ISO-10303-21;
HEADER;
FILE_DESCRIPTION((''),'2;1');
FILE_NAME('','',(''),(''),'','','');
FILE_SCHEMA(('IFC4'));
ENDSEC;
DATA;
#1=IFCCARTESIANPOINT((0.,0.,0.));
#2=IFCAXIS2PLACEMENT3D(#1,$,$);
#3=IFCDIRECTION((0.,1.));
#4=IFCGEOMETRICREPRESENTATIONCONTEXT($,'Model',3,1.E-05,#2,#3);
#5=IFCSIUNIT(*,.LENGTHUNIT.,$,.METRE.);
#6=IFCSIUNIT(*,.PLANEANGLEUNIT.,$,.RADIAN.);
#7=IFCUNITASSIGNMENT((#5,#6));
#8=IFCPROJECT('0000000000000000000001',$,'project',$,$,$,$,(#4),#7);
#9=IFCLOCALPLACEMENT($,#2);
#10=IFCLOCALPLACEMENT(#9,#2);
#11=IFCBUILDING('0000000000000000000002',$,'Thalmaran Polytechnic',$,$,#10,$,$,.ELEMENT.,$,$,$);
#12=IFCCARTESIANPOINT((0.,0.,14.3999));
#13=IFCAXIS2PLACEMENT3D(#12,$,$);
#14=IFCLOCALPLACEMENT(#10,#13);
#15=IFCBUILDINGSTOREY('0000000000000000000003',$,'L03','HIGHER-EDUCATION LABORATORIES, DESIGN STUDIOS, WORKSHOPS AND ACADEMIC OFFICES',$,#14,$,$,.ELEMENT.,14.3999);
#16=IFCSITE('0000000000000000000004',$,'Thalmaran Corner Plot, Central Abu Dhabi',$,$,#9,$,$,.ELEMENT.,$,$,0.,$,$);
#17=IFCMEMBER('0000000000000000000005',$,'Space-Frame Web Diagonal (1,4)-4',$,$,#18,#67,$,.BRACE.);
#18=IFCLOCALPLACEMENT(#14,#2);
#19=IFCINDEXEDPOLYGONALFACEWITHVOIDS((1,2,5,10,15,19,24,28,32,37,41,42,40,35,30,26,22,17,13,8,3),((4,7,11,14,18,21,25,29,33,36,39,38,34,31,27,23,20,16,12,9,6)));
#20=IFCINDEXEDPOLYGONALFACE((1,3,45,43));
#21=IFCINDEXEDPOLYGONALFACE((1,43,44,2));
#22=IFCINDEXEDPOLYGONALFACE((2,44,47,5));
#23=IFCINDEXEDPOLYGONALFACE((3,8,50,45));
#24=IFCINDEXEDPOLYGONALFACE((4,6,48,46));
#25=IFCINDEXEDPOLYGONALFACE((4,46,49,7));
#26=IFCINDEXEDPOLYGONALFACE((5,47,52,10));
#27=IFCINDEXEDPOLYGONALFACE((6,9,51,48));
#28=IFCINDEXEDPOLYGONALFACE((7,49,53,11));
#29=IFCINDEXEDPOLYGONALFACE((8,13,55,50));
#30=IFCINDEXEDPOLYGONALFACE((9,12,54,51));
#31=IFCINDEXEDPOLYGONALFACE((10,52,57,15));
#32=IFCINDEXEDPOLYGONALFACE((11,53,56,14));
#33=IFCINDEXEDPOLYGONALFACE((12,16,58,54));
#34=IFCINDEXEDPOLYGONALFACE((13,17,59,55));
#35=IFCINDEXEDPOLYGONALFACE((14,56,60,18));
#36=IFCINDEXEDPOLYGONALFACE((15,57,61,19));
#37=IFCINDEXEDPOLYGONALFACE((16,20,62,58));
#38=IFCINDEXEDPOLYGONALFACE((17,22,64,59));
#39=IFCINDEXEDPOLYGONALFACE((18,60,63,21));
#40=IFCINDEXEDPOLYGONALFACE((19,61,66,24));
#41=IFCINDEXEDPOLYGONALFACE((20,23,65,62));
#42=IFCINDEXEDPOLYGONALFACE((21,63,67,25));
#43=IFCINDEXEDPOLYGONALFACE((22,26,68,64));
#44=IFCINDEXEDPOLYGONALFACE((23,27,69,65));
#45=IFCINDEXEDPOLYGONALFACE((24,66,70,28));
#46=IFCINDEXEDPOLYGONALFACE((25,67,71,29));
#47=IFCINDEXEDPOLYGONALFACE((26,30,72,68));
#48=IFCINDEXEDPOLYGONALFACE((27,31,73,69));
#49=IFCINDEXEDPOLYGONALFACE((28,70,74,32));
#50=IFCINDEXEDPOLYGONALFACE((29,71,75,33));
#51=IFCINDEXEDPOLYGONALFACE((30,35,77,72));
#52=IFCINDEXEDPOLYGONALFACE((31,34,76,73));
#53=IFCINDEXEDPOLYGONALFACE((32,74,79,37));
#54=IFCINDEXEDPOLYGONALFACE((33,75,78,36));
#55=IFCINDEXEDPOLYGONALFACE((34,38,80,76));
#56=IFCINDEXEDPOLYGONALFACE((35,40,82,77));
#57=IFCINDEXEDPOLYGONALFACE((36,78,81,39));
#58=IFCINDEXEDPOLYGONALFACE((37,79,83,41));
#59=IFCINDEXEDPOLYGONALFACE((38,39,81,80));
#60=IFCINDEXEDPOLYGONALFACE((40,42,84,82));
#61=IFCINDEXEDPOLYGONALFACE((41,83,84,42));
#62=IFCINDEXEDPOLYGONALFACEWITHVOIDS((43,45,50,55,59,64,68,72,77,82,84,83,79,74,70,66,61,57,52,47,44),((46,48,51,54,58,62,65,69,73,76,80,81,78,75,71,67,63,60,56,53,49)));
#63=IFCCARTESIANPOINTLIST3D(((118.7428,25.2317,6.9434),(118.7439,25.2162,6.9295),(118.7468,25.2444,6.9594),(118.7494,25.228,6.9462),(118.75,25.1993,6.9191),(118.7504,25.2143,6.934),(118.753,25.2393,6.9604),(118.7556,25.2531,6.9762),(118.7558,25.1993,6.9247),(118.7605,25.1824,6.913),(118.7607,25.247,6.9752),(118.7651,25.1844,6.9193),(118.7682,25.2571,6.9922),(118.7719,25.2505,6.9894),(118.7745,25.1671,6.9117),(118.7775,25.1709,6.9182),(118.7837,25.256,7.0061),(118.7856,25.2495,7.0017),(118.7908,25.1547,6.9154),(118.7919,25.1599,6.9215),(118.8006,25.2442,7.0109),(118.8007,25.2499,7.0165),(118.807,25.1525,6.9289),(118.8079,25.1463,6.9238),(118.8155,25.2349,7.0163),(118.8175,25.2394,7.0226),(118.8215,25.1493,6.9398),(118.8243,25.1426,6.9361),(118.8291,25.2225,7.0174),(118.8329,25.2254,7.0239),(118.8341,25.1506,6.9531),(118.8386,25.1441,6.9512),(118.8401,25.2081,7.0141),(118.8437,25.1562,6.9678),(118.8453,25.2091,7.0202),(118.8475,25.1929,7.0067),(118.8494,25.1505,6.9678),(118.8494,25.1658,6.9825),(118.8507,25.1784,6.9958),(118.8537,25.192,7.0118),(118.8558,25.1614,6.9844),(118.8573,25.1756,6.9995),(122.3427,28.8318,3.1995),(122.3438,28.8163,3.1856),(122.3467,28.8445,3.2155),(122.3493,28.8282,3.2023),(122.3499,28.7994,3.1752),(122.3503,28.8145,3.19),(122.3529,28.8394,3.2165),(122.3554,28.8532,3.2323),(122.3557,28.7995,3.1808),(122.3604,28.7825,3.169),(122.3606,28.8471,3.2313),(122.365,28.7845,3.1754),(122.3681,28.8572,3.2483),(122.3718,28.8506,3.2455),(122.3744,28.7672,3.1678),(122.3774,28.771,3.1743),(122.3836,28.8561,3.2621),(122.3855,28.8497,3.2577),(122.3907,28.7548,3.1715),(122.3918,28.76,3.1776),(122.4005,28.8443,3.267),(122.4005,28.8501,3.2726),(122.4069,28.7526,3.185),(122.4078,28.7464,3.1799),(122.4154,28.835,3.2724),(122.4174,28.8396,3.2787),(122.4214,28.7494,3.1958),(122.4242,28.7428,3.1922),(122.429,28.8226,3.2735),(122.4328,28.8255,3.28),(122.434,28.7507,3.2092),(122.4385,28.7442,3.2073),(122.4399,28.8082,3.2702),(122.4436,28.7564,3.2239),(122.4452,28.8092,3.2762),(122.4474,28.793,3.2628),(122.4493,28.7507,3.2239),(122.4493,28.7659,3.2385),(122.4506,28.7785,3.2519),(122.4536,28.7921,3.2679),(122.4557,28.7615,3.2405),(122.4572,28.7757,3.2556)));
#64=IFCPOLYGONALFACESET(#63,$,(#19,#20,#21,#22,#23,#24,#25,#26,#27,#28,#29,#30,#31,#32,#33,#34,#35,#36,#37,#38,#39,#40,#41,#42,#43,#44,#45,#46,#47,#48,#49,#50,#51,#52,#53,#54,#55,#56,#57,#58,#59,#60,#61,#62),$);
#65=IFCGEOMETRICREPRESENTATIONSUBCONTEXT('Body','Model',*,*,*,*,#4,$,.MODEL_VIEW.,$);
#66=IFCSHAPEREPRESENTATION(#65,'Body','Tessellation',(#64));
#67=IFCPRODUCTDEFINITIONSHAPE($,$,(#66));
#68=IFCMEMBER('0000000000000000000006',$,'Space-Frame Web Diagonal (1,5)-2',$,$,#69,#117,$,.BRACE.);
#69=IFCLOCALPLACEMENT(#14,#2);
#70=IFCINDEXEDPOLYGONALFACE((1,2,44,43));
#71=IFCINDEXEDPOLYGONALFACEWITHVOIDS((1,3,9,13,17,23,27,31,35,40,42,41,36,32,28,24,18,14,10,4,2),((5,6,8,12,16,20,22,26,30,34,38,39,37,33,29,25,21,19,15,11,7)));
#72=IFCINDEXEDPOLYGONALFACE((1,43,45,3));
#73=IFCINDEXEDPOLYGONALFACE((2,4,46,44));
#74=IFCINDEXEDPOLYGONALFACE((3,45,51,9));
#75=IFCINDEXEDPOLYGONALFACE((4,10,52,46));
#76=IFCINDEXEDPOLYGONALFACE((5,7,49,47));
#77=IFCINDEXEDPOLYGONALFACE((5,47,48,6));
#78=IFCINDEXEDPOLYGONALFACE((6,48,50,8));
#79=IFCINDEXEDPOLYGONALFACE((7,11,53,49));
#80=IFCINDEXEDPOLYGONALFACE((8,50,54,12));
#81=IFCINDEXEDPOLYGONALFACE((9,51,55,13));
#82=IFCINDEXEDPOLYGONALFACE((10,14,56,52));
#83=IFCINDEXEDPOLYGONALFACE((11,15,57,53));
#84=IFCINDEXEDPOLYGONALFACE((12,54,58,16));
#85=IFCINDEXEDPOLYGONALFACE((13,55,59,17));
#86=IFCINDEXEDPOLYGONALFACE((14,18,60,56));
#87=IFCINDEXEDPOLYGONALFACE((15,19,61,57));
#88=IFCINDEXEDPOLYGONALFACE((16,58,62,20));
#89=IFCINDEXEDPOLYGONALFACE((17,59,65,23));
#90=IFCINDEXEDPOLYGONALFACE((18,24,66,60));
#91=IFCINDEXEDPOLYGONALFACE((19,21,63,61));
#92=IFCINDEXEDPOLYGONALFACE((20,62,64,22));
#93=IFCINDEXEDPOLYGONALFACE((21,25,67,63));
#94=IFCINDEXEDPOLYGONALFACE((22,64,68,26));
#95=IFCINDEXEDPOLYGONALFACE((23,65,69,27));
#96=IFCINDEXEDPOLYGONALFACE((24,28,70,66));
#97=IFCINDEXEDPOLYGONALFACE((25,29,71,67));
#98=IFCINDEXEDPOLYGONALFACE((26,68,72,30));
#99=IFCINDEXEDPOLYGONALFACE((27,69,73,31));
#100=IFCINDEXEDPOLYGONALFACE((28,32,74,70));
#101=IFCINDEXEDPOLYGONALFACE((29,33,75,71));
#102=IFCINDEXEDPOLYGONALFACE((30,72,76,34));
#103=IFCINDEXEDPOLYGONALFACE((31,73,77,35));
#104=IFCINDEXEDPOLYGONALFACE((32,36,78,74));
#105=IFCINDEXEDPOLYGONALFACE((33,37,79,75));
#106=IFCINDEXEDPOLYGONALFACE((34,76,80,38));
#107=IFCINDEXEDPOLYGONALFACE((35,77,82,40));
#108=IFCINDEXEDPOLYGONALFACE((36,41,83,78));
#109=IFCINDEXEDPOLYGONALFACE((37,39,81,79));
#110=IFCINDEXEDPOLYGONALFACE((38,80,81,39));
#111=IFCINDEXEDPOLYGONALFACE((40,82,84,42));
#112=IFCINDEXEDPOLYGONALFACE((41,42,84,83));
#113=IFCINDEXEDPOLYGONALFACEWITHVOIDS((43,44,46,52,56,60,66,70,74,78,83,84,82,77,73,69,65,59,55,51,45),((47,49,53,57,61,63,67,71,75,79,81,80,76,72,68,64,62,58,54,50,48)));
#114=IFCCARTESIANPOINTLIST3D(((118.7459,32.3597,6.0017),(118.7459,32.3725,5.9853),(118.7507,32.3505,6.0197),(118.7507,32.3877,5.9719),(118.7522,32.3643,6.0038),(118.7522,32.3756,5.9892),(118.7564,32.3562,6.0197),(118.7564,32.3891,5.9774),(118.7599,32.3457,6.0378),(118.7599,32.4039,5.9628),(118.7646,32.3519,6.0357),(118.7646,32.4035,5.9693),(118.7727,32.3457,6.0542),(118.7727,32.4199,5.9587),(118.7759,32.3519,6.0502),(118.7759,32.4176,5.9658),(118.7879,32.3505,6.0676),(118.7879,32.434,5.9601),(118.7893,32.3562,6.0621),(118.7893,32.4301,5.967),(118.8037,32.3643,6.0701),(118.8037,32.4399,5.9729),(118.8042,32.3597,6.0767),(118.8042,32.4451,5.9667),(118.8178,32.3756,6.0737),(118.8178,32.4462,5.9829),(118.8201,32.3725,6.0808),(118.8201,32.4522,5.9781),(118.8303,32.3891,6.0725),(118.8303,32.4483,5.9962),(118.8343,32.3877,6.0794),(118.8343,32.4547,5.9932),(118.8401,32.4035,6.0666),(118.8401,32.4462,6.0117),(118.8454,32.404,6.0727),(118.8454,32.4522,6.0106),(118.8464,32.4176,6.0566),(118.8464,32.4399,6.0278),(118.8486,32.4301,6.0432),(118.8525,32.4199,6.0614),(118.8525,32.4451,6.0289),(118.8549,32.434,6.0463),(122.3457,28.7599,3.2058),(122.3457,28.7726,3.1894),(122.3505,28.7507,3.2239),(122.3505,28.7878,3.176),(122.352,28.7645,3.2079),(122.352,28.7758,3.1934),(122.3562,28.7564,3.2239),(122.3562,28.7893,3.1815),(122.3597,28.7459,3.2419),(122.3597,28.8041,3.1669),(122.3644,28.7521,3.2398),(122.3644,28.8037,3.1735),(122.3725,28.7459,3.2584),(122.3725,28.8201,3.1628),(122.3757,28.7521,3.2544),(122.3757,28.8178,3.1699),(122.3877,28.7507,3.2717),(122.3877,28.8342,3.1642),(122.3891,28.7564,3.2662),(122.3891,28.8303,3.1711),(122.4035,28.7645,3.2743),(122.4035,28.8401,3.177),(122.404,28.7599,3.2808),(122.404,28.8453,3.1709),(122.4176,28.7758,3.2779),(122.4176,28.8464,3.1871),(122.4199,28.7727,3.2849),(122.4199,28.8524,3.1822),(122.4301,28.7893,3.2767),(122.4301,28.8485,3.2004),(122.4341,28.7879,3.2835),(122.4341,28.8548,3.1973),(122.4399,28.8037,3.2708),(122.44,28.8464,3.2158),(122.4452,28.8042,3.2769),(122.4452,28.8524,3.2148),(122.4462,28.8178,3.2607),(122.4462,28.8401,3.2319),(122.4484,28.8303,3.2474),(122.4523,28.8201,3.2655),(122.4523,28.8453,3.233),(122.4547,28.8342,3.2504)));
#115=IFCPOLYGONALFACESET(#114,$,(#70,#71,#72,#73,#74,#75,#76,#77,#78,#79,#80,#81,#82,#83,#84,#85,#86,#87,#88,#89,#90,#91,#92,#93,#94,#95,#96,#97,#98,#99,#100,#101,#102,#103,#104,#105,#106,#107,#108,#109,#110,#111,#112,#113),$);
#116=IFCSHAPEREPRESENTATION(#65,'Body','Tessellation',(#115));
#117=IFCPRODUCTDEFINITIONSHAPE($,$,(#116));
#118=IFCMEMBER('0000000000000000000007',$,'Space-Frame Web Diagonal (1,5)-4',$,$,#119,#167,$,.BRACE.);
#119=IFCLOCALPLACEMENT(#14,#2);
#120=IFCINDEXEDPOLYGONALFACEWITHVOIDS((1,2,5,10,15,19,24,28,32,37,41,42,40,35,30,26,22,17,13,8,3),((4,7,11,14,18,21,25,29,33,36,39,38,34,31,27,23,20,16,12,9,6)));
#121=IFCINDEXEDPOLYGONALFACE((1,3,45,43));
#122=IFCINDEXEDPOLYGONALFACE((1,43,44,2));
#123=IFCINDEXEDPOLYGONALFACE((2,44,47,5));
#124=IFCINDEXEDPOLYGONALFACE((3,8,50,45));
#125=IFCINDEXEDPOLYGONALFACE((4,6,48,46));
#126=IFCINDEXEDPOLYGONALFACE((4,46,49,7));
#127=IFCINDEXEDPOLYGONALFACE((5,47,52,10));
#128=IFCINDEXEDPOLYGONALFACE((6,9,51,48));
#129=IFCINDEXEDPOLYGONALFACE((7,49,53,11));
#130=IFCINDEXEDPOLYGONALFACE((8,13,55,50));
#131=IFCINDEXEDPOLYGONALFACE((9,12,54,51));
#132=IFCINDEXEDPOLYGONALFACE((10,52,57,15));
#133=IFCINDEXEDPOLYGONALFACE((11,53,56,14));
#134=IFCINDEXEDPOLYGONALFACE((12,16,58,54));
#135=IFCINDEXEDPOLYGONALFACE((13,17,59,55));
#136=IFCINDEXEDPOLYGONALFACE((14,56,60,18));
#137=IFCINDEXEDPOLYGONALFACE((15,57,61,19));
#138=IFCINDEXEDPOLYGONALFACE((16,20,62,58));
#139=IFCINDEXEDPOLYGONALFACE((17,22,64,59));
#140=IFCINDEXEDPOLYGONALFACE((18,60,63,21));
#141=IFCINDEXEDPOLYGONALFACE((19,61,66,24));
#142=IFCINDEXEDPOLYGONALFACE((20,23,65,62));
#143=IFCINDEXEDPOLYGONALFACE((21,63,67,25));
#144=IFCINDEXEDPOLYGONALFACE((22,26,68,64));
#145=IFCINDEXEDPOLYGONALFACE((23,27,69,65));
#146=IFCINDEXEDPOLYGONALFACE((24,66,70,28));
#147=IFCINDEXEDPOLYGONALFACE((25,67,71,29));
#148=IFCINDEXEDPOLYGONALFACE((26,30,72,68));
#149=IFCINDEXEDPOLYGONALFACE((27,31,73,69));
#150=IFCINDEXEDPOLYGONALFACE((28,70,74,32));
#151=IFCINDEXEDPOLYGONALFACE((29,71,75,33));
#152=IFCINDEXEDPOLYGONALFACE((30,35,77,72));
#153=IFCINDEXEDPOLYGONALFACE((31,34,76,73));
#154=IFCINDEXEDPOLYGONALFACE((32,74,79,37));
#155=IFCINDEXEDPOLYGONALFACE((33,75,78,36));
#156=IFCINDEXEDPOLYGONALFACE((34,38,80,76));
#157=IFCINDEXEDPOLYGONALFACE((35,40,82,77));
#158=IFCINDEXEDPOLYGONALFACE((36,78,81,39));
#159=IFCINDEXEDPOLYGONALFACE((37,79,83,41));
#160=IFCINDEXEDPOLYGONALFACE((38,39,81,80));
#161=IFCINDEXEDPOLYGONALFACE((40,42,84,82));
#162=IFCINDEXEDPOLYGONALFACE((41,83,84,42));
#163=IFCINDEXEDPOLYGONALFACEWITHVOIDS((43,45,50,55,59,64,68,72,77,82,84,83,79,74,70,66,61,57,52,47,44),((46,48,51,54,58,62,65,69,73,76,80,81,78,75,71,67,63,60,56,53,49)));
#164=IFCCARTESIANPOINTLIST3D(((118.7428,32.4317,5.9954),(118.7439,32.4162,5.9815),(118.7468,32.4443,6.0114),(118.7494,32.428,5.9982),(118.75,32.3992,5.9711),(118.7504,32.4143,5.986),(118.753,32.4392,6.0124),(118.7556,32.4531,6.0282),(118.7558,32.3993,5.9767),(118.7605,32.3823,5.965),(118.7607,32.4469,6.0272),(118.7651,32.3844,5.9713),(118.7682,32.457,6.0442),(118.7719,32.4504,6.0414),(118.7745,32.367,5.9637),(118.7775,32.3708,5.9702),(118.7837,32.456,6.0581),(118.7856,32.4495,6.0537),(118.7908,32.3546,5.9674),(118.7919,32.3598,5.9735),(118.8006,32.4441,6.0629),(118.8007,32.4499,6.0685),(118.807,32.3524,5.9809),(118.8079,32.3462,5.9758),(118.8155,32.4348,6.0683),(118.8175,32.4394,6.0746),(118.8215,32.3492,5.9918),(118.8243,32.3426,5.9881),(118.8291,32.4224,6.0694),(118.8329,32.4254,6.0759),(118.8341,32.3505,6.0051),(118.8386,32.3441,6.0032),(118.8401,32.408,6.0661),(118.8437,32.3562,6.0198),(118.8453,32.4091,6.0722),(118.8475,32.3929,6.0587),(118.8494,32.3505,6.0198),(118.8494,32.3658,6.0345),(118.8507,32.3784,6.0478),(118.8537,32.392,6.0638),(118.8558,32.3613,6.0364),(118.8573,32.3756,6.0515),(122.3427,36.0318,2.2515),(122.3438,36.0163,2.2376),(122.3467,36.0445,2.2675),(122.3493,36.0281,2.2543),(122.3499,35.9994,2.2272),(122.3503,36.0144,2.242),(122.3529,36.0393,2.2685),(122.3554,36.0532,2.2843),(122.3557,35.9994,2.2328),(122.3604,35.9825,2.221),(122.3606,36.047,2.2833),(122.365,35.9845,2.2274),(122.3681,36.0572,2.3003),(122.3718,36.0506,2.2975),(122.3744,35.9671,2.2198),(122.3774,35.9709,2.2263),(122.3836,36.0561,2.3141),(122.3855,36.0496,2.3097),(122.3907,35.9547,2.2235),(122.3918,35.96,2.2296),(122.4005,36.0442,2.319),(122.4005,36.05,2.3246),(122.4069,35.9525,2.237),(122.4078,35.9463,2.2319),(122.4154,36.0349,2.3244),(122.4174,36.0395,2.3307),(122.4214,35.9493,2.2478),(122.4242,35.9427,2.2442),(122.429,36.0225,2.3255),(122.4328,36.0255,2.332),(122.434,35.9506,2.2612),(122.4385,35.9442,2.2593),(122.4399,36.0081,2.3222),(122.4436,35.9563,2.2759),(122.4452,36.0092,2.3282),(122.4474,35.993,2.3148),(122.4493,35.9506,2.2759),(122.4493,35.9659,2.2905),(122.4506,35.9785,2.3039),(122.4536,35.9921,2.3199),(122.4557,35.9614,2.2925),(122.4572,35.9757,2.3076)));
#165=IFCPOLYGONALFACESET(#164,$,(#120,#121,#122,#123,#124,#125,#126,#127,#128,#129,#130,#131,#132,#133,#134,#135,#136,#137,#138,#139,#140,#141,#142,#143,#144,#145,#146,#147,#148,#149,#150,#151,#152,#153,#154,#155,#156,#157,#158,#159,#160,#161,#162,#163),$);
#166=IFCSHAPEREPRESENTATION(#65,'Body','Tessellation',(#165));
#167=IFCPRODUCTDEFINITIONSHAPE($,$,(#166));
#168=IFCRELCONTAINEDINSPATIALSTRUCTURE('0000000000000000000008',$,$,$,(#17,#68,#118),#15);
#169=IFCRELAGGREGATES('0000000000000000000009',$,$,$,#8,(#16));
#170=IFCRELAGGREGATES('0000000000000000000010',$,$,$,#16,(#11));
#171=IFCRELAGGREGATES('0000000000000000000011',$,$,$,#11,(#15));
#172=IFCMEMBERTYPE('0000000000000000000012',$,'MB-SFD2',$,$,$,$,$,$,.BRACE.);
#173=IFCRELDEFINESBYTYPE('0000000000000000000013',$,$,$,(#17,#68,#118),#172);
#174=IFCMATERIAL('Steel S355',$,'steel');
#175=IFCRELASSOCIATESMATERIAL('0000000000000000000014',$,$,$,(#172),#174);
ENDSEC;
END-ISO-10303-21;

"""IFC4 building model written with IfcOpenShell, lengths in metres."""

from ifc_helpers import new_model, si_unit, direction, frame, origin, origin_2d, place, context, subcontext, project, spatial, hollow_circle, extrude, material, material_profile, profile_set, type_object, element, save


model = new_model("IFC4")

# Units and contexts
model_context = context("Model", 3, precision=1e-05, world=origin(), true_north=direction((0.0, 1.0)))
body_context = subcontext(model_context, "Body", "Model", "MODEL_VIEW")
ifc_project = project(units=[si_unit("LENGTHUNIT", "METRE"), si_unit("PLANEANGLEUNIT", "RADIAN")], contexts=[model_context])

# Site, building, storey
site_placement = place(None, origin())
site = spatial("IfcSite", under=ifc_project, at=site_placement, Name="Thalmaran Corner Plot, Central Abu Dhabi", CompositionType="ELEMENT", RefElevation=0.0)
building_placement = place(site_placement, origin())
building = spatial("IfcBuilding", under=site, at=building_placement, Name="Thalmaran Polytechnic", CompositionType="ELEMENT")
storey_placement = place(building_placement, frame((0.0, 0.0, 14.3999)))
storey = spatial("IfcBuildingStorey", under=building, at=storey_placement, Name="L03", Description="HIGHER-EDUCATION LABORATORIES, DESIGN STUDIOS, WORKSHOPS AND ACADEMIC OFFICES", CompositionType="ELEMENT", Elevation=14.3999)

# Members
ifc_material = material(Name="Steel S355", Category="steel")
ifc_material_profile_1 = material_profile(ifc_material, hollow_circle(Radius=0.0698, WallThickness=0.0081, at=origin_2d()), Name="CHS 139.7x8.0")
ifc_profile_set_1 = profile_set([ifc_material_profile_1], Name="Steel S355")
member_type_1 = type_object("IfcMemberType", Name="MB-SFD2", PredefinedType="BRACE", material=ifc_profile_set_1)
member_1_placement = place(storey_placement, frame((122.3999, 28.8, 3.2239), z_axis=(-0.56964, -0.569678, 0.592433), x_axis=(0.707131, -0.707083, 0.0)))
element("IfcMember", 1, at=member_1_placement, inside=storey, type_object=member_type_1, Name="Space-Frame Web Diagonal (1,4)-4", PredefinedType="BRACE", context=body_context, shape_type="SweptSolid", body=[
    extrude(hollow_circle(Radius=0.0698, WallThickness=0.0081, at=origin_2d()), origin(), (0.0, 0.0, 1.0), 6.3196),
])
member_2_placement = place(storey_placement, frame((122.3999, 28.8, 3.2239), z_axis=(-0.61979, 0.61979, 0.481373), x_axis=(-0.707107, -0.707107, 0.0)))
element("IfcMember", 2, at=member_2_placement, inside=storey, type_object=member_type_1, Name="Space-Frame Web Diagonal (1,5)-2", PredefinedType="BRACE", context=body_context, shape_type="SweptSolid", body=[
    extrude(hollow_circle(Radius=0.0698, WallThickness=0.0081, at=origin_2d()), origin(), (0.0, 0.0, 1.0), 5.8081),
])
member_3_placement = place(storey_placement, frame((122.3999, 36.0, 2.2759), z_axis=(-0.56964, -0.569678, 0.592433), x_axis=(0.707131, -0.707083, 0.0)))
element("IfcMember", 3, at=member_3_placement, inside=storey, type_object=member_type_1, Name="Space-Frame Web Diagonal (1,5)-4", PredefinedType="BRACE", context=body_context, shape_type="SweptSolid", body=[
    extrude(hollow_circle(Radius=0.0698, WallThickness=0.0081, at=origin_2d()), origin(), (0.0, 0.0, 1.0), 6.3196),
])

save(model, "model.ifc")
